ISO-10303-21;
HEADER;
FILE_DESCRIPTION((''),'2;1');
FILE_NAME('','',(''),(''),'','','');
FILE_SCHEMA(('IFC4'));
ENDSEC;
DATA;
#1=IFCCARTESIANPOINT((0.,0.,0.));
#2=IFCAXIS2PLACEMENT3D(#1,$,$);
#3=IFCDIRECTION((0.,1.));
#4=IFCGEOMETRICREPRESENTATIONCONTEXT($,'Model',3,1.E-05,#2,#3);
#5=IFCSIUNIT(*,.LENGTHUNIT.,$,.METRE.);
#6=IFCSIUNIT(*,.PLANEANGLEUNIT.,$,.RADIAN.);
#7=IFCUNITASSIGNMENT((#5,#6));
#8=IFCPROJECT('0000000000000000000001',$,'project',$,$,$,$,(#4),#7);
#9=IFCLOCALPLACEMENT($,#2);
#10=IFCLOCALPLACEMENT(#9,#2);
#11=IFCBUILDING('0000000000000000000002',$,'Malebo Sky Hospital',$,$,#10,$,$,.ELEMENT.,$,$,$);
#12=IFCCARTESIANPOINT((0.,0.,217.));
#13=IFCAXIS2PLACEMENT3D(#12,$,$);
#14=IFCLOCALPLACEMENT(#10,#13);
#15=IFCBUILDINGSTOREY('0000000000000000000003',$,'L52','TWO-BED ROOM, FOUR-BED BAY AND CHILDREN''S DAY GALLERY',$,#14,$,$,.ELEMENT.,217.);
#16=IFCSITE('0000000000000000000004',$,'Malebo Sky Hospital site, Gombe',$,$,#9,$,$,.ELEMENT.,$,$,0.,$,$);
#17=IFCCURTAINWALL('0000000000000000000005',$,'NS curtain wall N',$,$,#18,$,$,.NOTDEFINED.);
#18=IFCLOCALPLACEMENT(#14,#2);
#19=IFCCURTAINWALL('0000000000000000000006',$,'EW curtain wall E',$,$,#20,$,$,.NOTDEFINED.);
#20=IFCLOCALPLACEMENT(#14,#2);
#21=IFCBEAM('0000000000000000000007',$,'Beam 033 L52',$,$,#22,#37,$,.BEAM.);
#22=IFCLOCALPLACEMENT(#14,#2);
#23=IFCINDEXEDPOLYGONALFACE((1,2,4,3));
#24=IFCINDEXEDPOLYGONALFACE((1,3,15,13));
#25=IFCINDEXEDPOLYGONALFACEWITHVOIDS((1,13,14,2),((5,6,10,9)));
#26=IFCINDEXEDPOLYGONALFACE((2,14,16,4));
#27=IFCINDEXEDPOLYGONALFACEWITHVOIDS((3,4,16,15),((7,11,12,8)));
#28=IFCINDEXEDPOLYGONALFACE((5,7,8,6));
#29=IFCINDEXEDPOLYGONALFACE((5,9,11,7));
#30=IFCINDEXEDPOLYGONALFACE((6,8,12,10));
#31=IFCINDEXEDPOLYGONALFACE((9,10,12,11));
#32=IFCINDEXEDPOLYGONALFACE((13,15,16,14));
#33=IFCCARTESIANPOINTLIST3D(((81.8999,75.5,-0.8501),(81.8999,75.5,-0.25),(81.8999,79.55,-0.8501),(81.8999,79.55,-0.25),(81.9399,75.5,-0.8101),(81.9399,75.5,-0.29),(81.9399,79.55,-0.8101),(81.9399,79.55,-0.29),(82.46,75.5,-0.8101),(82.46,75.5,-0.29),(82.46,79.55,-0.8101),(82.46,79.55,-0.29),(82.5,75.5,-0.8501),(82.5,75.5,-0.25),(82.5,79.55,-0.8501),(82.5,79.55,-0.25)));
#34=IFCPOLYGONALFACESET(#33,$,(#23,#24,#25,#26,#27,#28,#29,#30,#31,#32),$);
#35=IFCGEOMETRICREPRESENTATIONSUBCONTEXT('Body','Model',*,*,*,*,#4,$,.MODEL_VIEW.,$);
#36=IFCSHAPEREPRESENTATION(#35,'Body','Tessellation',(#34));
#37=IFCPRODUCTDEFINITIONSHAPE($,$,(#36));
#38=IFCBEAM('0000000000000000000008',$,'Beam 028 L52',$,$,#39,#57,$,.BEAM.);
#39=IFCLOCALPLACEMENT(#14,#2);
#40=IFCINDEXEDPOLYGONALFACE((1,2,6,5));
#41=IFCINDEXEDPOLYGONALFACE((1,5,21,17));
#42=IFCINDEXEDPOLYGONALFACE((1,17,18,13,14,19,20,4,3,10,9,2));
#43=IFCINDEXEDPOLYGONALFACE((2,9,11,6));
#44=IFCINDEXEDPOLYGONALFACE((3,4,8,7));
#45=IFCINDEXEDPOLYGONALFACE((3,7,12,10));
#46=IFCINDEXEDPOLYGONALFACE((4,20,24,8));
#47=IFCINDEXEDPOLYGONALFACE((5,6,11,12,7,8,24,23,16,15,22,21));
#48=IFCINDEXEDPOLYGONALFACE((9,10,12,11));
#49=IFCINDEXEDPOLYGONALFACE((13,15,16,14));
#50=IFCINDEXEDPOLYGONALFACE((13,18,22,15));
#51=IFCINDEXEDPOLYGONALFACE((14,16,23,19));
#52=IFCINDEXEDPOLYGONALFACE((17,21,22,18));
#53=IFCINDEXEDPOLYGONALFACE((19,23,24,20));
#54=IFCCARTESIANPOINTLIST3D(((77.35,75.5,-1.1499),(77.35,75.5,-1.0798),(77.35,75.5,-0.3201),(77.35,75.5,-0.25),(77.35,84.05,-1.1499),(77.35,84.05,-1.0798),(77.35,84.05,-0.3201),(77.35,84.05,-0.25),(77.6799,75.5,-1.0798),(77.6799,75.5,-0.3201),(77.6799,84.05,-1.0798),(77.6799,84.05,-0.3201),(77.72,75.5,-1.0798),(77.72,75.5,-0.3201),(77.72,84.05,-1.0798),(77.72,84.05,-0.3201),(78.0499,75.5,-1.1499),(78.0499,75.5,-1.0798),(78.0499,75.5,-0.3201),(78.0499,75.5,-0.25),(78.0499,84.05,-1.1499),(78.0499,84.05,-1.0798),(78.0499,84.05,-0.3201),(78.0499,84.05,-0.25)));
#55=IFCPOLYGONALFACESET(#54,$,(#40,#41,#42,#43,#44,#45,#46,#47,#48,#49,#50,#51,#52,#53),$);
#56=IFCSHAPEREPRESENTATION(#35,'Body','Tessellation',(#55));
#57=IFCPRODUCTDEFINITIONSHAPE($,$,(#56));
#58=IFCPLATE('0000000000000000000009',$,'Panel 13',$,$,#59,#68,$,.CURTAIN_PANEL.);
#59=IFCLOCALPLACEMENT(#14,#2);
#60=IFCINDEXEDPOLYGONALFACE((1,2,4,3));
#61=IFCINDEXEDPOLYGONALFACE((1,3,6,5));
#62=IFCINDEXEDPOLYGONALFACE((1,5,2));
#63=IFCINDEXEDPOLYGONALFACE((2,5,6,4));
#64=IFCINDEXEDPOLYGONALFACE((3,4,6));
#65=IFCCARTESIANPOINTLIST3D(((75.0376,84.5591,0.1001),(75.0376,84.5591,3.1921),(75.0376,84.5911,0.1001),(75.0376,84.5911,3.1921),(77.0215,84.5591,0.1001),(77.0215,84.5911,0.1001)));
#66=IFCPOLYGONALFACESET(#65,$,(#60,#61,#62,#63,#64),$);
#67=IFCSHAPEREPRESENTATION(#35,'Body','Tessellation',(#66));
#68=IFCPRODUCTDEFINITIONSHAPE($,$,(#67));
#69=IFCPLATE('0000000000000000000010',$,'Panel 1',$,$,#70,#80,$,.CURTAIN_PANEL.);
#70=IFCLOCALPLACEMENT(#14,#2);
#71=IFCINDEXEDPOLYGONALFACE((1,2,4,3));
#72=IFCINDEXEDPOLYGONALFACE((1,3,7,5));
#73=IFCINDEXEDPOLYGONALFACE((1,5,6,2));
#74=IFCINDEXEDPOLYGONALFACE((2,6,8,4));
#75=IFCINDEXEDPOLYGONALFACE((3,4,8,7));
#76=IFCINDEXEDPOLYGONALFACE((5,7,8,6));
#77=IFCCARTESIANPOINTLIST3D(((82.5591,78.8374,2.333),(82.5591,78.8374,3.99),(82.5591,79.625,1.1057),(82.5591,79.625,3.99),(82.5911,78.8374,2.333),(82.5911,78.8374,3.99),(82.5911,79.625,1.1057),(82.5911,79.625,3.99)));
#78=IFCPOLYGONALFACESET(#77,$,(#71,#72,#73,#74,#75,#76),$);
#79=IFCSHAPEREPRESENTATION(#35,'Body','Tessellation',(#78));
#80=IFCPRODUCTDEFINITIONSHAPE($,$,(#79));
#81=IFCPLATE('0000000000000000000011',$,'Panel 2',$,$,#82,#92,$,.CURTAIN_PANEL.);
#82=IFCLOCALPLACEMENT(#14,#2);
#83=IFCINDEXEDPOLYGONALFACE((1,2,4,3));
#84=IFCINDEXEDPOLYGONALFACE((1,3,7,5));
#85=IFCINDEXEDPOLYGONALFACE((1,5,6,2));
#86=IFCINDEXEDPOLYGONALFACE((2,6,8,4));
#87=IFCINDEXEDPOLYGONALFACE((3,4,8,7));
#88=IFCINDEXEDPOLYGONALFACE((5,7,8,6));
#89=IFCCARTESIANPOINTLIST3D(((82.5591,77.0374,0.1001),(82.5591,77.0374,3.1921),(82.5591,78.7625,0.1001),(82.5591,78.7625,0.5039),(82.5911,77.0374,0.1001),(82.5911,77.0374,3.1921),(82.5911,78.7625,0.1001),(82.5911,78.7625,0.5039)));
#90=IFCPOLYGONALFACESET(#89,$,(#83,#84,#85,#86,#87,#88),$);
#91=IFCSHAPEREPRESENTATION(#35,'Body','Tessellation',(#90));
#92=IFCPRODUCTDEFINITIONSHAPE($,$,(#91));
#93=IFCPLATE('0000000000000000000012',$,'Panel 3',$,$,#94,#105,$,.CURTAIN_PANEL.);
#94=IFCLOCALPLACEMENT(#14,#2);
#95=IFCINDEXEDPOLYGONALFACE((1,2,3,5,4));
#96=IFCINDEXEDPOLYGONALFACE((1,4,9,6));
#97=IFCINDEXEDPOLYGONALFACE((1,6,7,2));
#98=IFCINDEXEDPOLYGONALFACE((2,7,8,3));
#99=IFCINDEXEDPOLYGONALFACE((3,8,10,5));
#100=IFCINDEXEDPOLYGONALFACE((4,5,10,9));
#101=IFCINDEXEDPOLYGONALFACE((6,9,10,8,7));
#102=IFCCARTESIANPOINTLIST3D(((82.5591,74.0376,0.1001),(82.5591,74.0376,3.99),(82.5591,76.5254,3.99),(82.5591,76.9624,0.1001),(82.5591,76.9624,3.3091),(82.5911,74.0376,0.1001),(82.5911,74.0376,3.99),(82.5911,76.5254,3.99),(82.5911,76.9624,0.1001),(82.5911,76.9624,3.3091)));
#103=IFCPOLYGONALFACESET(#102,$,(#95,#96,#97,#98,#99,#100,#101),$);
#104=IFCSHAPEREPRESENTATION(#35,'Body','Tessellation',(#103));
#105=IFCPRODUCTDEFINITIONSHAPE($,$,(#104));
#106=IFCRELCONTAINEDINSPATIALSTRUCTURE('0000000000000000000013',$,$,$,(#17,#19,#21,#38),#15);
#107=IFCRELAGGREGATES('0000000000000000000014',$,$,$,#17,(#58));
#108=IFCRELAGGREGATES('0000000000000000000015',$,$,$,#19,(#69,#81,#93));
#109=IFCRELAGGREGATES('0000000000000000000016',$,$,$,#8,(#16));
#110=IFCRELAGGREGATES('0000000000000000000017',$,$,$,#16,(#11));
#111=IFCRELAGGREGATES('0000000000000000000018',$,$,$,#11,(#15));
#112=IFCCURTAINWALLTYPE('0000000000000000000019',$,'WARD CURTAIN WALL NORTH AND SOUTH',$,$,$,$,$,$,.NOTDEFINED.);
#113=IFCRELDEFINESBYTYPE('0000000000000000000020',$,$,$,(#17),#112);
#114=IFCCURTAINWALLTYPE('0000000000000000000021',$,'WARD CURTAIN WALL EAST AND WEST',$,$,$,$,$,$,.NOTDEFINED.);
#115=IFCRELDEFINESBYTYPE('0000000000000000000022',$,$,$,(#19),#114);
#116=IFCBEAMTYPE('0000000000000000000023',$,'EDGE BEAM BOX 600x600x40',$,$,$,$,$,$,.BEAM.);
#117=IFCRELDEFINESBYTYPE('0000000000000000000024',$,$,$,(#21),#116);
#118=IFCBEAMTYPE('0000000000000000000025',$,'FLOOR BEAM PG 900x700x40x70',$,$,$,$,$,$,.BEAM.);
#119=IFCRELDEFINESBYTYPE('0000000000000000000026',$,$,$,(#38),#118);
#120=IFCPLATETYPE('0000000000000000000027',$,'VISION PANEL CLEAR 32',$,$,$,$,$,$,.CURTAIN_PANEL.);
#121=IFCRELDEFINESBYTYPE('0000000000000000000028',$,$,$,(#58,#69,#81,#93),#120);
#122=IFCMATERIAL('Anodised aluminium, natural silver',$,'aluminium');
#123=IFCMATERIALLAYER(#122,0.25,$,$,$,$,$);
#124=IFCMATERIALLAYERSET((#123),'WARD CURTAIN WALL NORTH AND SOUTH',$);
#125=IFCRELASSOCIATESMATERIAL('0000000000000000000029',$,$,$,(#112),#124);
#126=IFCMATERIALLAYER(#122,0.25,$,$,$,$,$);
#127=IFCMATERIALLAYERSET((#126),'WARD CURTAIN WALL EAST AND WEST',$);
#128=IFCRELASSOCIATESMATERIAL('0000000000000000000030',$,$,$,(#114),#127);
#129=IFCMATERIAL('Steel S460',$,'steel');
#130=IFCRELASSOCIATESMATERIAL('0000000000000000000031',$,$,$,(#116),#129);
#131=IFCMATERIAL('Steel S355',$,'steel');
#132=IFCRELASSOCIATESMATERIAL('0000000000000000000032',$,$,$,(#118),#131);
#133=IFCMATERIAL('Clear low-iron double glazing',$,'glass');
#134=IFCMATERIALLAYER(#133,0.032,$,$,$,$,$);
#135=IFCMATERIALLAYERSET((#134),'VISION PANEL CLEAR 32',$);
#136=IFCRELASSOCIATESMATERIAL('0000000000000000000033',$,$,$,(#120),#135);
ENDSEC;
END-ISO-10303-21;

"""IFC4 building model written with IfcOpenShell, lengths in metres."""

from ifc_helpers import new_model, si_unit, direction, frame, origin, origin_2d, place, context, subcontext, project, spatial, polyline, hollow_rectangle, i_section, outline, extrude, material, layer, layer_set, material_profile, profile_set, type_object, element, aggregate, save


model = new_model("IFC4")

# Units and contexts
model_context = context("Model", 3, precision=1e-05, world=origin(), true_north=direction((0.0, 1.0)))
body_context = subcontext(model_context, "Body", "Model", "MODEL_VIEW")
ifc_project = project(units=[si_unit("LENGTHUNIT", "METRE"), si_unit("PLANEANGLEUNIT", "RADIAN")], contexts=[model_context])

# Site, building, storey
site_placement = place(None, origin())
site = spatial("IfcSite", under=ifc_project, at=site_placement, Name="Malebo Sky Hospital site, Gombe", CompositionType="ELEMENT", RefElevation=0.0)
building_placement = place(site_placement, origin())
building = spatial("IfcBuilding", under=site, at=building_placement, Name="Malebo Sky Hospital", CompositionType="ELEMENT")
storey_placement = place(building_placement, frame((0.0, 0.0, 217.0)))
storey = spatial("IfcBuildingStorey", under=building, at=storey_placement, Name="L52", Description="TWO-BED ROOM, FOUR-BED BAY AND CHILDREN'S DAY GALLERY", CompositionType="ELEMENT", Elevation=217.0)

# Shared definitions
ifc_material_1 = material(Name="Steel S460", Category="steel")

# Curtain wall
ifc_material_2 = material(Name="Anodised aluminium, natural silver", Category="aluminium")
ifc_layer_1 = layer(ifc_material_2, 0.25)
ifc_layer_set_1 = layer_set([ifc_layer_1], Name="WARD CURTAIN WALL NORTH AND SOUTH")
curtain_wall_type_1 = type_object("IfcCurtainWallType", Name="WARD CURTAIN WALL NORTH AND SOUTH", PredefinedType="NOTDEFINED", material=ifc_layer_set_1)
curtain_wall_1_placement = place(storey_placement, origin())
curtain_wall_1 = element("IfcCurtainWall", 1, at=curtain_wall_1_placement, inside=storey, type_object=curtain_wall_type_1, Name="NS curtain wall N", PredefinedType="NOTDEFINED")

# Curtain wall
ifc_layer_2 = layer(ifc_material_2, 0.25)
ifc_layer_set_2 = layer_set([ifc_layer_2], Name="WARD CURTAIN WALL EAST AND WEST")
curtain_wall_type_2 = type_object("IfcCurtainWallType", Name="WARD CURTAIN WALL EAST AND WEST", PredefinedType="NOTDEFINED", material=ifc_layer_set_2)
curtain_wall_2_placement = place(storey_placement, origin())
curtain_wall_2 = element("IfcCurtainWall", 2, at=curtain_wall_2_placement, inside=storey, type_object=curtain_wall_type_2, Name="EW curtain wall E", PredefinedType="NOTDEFINED")

# Beams
ifc_material_profile_1 = material_profile(ifc_material_1, hollow_rectangle(XDim=0.6001, YDim=0.6001, WallThickness=0.04, at=origin_2d()), Name="BOX 600x600x40")
ifc_profile_set_1 = profile_set([ifc_material_profile_1], Name="Steel S460")
beam_type_1 = type_object("IfcBeamType", Name="EDGE BEAM BOX 600x600x40", PredefinedType="BEAM", material=ifc_profile_set_1)
beam_1_placement = place(storey_placement, frame((82.2, 75.5, -0.55), z_axis=(0.0, 1.0, 0.0), x_axis=(-1.0, 0.0, 0.0)))
element("IfcBeam", 3, at=beam_1_placement, inside=storey, type_object=beam_type_1, Name="Beam 033 L52", PredefinedType="BEAM", context=body_context, shape_type="SweptSolid", body=[
    extrude(hollow_rectangle(XDim=0.6001, YDim=0.6001, WallThickness=0.04, at=origin_2d()), origin(), (0.0, 0.0, 1.0), 4.05),
])
ifc_material_3 = material(Name="Steel S355", Category="steel")
ifc_material_profile_2 = material_profile(ifc_material_3, i_section(OverallWidth=0.7, OverallDepth=0.8999, WebThickness=0.04, FlangeThickness=0.0701, at=origin_2d()), Name="PG 900x700x40x70")
ifc_profile_set_2 = profile_set([ifc_material_profile_2], Name="Steel S355")
beam_type_2 = type_object("IfcBeamType", Name="FLOOR BEAM PG 900x700x40x70", PredefinedType="BEAM", material=ifc_profile_set_2)
beam_2_placement = place(storey_placement, frame((77.7, 75.5, -0.7), z_axis=(0.0, 1.0, 0.0), x_axis=(-1.0, 0.0, 0.0)))
element("IfcBeam", 4, at=beam_2_placement, inside=storey, type_object=beam_type_2, Name="Beam 028 L52", PredefinedType="BEAM", context=body_context, shape_type="SweptSolid", body=[
    extrude(i_section(OverallWidth=0.7, OverallDepth=0.8999, WebThickness=0.04, FlangeThickness=0.0701, at=origin_2d()), origin(), (0.0, 0.0, 1.0), 8.55),
])

# Plates
ifc_material_4 = material(Name="Clear low-iron double glazing", Category="glass")
ifc_layer_3 = layer(ifc_material_4, 0.032)
ifc_layer_set_3 = layer_set([ifc_layer_3], Name="VISION PANEL CLEAR 32")
plate_type = type_object("IfcPlateType", Name="VISION PANEL CLEAR 32", PredefinedType="CURTAIN_PANEL", material=ifc_layer_set_3)
plate_1_placement = place(storey_placement, frame((76.0295, 84.575, 0.1001), z_axis=(0.0, 0.0, 1.0), x_axis=(1.0, 0.0, 0.0)))
plate_1 = element("IfcPlate", 5, at=plate_1_placement, type_object=plate_type, Name="Panel 13", PredefinedType="CURTAIN_PANEL", context=body_context, shape_type="SweptSolid", body=[
    extrude(outline(polyline([(-0.9919, 0.0), (0.9919, 0.0), (-0.9919, 3.092), (-0.9919, 0.0)])), frame((0.0, 0.0161, 0.0), z_axis=(0.0, -1.0, 0.0), x_axis=(1.0, 0.0, 0.0)), (0.0, 0.0, 1.0), 0.032),
])
aggregate(curtain_wall_1, [plate_1])
plate_2_placement = place(storey_placement, frame((82.575, 79.2312, 1.1057), z_axis=(0.0, 0.0, 1.0), x_axis=(0.0, -1.0, 0.0)))
plate_2 = element("IfcPlate", 6, at=plate_2_placement, type_object=plate_type, Name="Panel 1", PredefinedType="CURTAIN_PANEL", context=body_context, shape_type="SweptSolid", body=[
    extrude(outline(polyline([(-0.3938, 0.0), (0.3938, 1.2273), (0.3938, 2.8843), (-0.3938, 2.8843), (-0.3938, 0.0)])), frame((0.0, 0.0161, 0.0), z_axis=(0.0, -1.0, 0.0), x_axis=(1.0, 0.0, 0.0)), (0.0, 0.0, 1.0), 0.032),
])
plate_3_placement = place(storey_placement, frame((82.575, 77.8999, 0.1001), z_axis=(0.0, 0.0, 1.0), x_axis=(0.0, -1.0, 0.0)))
plate_3 = element("IfcPlate", 7, at=plate_3_placement, type_object=plate_type, Name="Panel 2", PredefinedType="CURTAIN_PANEL", context=body_context, shape_type="SweptSolid", body=[
    extrude(outline(polyline([(-0.8625, 0.0), (0.8625, 0.0), (0.8625, 3.092), (-0.8625, 0.4038), (-0.8625, 0.0)])), frame((0.0, 0.0161, 0.0), z_axis=(0.0, -1.0, 0.0), x_axis=(1.0, 0.0, 0.0)), (0.0, 0.0, 1.0), 0.032),
])
plate_4_placement = place(storey_placement, frame((82.575, 75.5, 0.1001), z_axis=(0.0, 0.0, 1.0), x_axis=(0.0, -1.0, 0.0)))
plate_4 = element("IfcPlate", 8, at=plate_4_placement, type_object=plate_type, Name="Panel 3", PredefinedType="CURTAIN_PANEL", context=body_context, shape_type="SweptSolid", body=[
    extrude(outline(polyline([(-1.4624, 0.0), (1.4624, 0.0), (1.4624, 3.8899), (-1.0254, 3.8899), (-1.4624, 3.209), (-1.4624, 0.0)])), frame((0.0, 0.0161, 0.0), z_axis=(0.0, -1.0, 0.0), x_axis=(1.0, 0.0, 0.0)), (0.0, 0.0, 1.0), 0.032),
])
aggregate(curtain_wall_2, [plate_2, plate_3, plate_4])

save(model, "model.ifc")
